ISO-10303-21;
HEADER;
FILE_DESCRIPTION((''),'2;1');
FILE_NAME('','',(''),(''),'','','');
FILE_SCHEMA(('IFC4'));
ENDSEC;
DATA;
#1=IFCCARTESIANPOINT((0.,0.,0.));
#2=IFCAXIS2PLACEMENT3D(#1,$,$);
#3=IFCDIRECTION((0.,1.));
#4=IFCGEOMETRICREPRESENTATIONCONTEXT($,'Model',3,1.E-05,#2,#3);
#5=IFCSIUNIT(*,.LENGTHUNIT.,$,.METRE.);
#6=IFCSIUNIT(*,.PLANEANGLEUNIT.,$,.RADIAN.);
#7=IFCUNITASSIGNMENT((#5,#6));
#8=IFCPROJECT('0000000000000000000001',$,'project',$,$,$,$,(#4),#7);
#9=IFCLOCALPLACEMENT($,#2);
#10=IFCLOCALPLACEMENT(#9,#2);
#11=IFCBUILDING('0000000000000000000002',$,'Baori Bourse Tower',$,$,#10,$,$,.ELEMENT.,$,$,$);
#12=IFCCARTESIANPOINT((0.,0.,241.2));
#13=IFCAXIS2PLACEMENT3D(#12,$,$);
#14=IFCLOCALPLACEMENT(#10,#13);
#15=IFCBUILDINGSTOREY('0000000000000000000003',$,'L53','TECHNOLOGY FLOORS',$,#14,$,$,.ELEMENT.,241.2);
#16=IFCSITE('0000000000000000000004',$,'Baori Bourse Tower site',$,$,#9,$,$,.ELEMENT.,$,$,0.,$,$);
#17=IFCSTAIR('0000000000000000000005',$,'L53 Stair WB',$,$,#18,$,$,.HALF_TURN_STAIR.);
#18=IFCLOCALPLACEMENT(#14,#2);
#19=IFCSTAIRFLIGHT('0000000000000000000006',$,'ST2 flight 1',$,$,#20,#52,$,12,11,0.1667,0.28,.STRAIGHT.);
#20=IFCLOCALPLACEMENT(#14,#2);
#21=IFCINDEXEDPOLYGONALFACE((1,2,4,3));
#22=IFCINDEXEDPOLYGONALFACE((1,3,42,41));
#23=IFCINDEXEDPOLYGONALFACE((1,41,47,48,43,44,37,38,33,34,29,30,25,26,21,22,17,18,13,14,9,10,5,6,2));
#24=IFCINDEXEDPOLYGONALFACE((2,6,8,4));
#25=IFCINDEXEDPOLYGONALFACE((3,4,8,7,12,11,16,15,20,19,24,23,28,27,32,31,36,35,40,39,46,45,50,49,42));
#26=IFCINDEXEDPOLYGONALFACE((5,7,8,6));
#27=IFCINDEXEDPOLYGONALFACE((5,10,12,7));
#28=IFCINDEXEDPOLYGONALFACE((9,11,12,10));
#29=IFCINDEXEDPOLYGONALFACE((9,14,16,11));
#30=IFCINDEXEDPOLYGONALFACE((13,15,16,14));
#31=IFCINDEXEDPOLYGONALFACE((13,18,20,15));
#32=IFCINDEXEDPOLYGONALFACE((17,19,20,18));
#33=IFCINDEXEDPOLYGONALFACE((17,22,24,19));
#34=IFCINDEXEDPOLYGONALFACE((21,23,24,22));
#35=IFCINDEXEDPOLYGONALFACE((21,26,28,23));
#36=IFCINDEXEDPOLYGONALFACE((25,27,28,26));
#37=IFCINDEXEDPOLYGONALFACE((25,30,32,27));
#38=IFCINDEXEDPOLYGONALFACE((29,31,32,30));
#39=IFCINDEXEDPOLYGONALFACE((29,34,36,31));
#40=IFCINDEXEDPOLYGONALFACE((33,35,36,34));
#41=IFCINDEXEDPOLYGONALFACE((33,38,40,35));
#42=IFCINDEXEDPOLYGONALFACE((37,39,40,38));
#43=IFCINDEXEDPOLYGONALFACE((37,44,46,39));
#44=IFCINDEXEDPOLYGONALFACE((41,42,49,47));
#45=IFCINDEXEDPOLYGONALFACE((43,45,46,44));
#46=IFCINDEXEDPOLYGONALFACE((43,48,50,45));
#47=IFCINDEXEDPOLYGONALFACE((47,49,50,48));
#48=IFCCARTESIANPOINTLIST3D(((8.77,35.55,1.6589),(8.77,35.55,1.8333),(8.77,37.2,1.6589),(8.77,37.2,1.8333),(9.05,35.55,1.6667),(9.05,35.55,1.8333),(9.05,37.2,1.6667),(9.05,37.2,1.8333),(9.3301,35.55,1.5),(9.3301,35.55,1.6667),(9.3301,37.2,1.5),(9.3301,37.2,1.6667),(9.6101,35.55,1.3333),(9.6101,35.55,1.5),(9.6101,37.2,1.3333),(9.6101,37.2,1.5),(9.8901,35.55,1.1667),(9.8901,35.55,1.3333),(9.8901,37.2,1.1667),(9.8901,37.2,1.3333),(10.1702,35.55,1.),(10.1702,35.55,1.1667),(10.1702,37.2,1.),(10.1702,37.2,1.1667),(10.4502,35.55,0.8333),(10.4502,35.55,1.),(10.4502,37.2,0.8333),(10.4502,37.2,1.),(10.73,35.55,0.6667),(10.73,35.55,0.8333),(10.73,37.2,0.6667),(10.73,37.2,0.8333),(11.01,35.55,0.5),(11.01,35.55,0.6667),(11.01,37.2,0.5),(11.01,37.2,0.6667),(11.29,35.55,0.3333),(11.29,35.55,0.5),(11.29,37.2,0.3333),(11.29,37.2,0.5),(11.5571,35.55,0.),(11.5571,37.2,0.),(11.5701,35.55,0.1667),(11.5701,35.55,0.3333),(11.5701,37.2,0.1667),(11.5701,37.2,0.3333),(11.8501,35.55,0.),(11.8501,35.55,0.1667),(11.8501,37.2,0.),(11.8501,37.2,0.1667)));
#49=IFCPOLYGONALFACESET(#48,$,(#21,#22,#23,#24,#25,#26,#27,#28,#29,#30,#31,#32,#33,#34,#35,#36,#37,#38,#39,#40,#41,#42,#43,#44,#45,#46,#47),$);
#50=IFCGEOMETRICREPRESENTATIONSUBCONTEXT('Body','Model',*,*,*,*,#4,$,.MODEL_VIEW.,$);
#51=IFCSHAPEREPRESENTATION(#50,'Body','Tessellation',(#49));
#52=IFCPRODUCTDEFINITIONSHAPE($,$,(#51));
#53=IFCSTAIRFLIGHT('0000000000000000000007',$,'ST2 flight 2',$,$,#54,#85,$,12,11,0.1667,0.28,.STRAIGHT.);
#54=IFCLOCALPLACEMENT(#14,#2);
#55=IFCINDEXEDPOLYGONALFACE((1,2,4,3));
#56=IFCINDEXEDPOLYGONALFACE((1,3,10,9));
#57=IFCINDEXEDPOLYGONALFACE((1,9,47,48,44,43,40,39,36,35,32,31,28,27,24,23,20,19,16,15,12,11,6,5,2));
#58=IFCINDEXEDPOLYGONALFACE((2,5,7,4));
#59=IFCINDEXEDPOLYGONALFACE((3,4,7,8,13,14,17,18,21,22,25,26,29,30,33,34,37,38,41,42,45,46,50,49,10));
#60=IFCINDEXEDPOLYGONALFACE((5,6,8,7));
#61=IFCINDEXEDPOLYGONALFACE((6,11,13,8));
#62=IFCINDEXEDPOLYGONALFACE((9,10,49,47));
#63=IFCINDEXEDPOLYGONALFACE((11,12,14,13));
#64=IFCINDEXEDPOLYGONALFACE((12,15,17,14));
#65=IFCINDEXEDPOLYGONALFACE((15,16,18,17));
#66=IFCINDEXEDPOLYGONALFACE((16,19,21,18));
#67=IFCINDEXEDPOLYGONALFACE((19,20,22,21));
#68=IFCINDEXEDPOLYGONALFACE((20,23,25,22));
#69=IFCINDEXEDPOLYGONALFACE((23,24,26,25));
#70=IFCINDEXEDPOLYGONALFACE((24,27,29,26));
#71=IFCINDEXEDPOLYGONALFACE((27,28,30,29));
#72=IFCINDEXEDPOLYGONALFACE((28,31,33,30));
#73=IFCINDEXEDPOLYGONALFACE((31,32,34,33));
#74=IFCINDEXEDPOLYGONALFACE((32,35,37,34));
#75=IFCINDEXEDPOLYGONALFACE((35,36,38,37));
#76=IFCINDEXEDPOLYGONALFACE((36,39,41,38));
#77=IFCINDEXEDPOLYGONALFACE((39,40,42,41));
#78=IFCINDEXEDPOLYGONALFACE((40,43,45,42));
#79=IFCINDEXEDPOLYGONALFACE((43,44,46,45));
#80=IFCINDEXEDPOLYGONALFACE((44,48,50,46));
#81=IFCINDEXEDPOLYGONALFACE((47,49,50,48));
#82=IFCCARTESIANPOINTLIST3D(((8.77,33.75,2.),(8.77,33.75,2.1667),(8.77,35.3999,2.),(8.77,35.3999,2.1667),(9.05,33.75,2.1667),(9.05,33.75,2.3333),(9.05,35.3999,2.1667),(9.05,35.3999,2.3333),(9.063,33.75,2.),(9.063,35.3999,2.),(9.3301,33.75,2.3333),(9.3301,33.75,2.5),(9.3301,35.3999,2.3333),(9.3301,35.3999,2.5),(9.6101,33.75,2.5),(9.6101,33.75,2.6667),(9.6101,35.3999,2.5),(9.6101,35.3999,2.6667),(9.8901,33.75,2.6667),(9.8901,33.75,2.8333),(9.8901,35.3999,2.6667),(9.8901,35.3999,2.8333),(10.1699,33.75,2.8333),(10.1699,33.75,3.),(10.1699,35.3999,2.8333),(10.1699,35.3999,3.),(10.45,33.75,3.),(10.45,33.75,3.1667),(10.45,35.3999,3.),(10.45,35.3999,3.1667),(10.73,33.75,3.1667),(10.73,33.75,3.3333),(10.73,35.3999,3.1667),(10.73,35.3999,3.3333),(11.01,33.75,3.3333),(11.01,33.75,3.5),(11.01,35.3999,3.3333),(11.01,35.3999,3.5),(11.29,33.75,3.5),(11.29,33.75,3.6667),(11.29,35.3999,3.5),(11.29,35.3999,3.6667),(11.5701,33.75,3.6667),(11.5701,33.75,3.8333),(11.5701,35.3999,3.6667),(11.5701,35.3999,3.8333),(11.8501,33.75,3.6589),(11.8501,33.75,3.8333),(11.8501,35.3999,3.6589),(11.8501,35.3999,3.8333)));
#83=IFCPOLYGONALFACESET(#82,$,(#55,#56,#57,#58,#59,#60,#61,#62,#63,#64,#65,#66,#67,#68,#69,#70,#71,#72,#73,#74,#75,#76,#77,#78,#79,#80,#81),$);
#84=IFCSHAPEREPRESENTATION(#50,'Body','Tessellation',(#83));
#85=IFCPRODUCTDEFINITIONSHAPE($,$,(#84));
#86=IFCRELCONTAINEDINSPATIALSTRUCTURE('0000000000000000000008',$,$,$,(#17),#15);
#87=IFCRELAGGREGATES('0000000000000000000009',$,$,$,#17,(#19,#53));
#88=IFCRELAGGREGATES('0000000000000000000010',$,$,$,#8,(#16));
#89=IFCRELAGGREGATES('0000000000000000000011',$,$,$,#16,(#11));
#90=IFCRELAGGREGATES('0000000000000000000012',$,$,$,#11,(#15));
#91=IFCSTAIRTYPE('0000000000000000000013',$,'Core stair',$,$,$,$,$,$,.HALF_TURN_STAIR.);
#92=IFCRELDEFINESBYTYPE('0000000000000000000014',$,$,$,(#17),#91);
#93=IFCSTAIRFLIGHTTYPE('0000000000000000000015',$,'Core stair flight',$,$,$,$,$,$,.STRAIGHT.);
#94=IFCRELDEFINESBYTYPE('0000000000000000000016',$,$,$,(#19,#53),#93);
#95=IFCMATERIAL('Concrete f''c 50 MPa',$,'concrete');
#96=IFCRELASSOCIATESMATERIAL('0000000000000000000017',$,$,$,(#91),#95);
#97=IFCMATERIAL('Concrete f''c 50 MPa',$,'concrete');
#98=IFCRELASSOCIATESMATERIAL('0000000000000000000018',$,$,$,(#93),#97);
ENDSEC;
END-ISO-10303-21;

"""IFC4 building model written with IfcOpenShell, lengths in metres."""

from ifc_helpers import new_model, si_unit, direction, frame, origin, place, context, subcontext, project, spatial, polyline, outline, extrude, material, type_object, element, aggregate, save


model = new_model("IFC4")

# Units and contexts
model_context = context("Model", 3, precision=1e-05, world=origin(), true_north=direction((0.0, 1.0)))
body_context = subcontext(model_context, "Body", "Model", "MODEL_VIEW")
ifc_project = project(units=[si_unit("LENGTHUNIT", "METRE"), si_unit("PLANEANGLEUNIT", "RADIAN")], contexts=[model_context])

# Site, building, storey
site_placement = place(None, origin())
site = spatial("IfcSite", under=ifc_project, at=site_placement, Name="Baori Bourse Tower site", CompositionType="ELEMENT", RefElevation=0.0)
building_placement = place(site_placement, origin())
building = spatial("IfcBuilding", under=site, at=building_placement, Name="Baori Bourse Tower", CompositionType="ELEMENT")
storey_placement = place(building_placement, frame((0.0, 0.0, 241.2)))
storey = spatial("IfcBuildingStorey", under=building, at=storey_placement, Name="L53", Description="TECHNOLOGY FLOORS", CompositionType="ELEMENT", Elevation=241.2)

# Stair, stair flights
ifc_material_1 = material(Name="Concrete f'c 50 MPa", Category="concrete")
stair_type = type_object("IfcStairType", Name="Core stair", PredefinedType="HALF_TURN_STAIR", material=ifc_material_1)
stair_placement = place(storey_placement, origin())
stair = element("IfcStair", 1, at=stair_placement, inside=storey, type_object=stair_type, Name="L53 Stair WB", PredefinedType="HALF_TURN_STAIR")
ifc_material_2 = material(Name="Concrete f'c 50 MPa", Category="concrete")
stair_flight_type = type_object("IfcStairFlightType", Name="Core stair flight", PredefinedType="STRAIGHT", material=ifc_material_2)
stair_flight_1_placement = place(storey_placement, frame((11.8501, 36.375, 0.0), z_axis=(0.0, 0.0, 1.0), x_axis=(-1.0, 0.0, 0.0)))
stair_flight_1 = element("IfcStairFlight", 2, at=stair_flight_1_placement, type_object=stair_flight_type, Name="ST2 flight 1", NumberOfRisers=12, NumberOfTreads=11, PredefinedType="STRAIGHT", RiserHeight=0.1667, TreadLength=0.28, context=body_context, shape_type="SweptSolid", body=[
    extrude(outline(polyline([(0.0, 0.0), (0.0, 0.1667), (0.28, 0.1667), (0.28, 0.3333), (0.5601, 0.3333), (0.5601, 0.5), (0.8401, 0.5), (0.8401, 0.6667), (1.1201, 0.6667), (1.1201, 0.8333), (1.3999, 0.8333), (1.3999, 1.0), (1.6799, 1.0), (1.6799, 1.1667), (1.96, 1.1667), (1.96, 1.3333), (2.24, 1.3333), (2.24, 1.5), (2.52, 1.5), (2.52, 1.6667), (2.8, 1.6667), (2.8, 1.8333), (3.0801, 1.8333), (3.0801, 2.0), (3.0801, 1.6589), (0.293, 0.0), (0.0, 0.0)])), frame((0.0, 0.825, 0.0), z_axis=(0.0, -1.0, 0.0), x_axis=(1.0, 0.0, 0.0)), (0.0, 0.0, 1.0), 1.6499),
])
stair_flight_2_placement = place(storey_placement, frame((8.77, 34.575, 2.0), z_axis=(0.0, 0.0, 1.0), x_axis=(1.0, 0.0, 0.0)))
stair_flight_2 = element("IfcStairFlight", 3, at=stair_flight_2_placement, type_object=stair_flight_type, Name="ST2 flight 2", NumberOfRisers=12, NumberOfTreads=11, PredefinedType="STRAIGHT", RiserHeight=0.1667, TreadLength=0.28, context=body_context, shape_type="SweptSolid", body=[
    extrude(outline(polyline([(0.0, 0.0), (0.0, 0.1667), (0.28, 0.1667), (0.28, 0.3333), (0.5601, 0.3333), (0.5601, 0.5), (0.8401, 0.5), (0.8401, 0.6667), (1.1201, 0.6667), (1.1201, 0.8333), (1.3999, 0.8333), (1.3999, 1.0), (1.6799, 1.0), (1.6799, 1.1667), (1.96, 1.1667), (1.96, 1.3333), (2.24, 1.3333), (2.24, 1.5), (2.52, 1.5), (2.52, 1.6667), (2.8, 1.6667), (2.8, 1.8333), (3.0801, 1.8333), (3.0801, 2.0), (3.0801, 1.6589), (0.293, 0.0), (0.0, 0.0)])), frame((0.0, 0.825, 0.0), z_axis=(0.0, -1.0, 0.0), x_axis=(1.0, 0.0, 0.0)), (0.0, 0.0, 1.0), 1.6499),
])
aggregate(stair, [stair_flight_1, stair_flight_2])

save(model, "model.ifc")
